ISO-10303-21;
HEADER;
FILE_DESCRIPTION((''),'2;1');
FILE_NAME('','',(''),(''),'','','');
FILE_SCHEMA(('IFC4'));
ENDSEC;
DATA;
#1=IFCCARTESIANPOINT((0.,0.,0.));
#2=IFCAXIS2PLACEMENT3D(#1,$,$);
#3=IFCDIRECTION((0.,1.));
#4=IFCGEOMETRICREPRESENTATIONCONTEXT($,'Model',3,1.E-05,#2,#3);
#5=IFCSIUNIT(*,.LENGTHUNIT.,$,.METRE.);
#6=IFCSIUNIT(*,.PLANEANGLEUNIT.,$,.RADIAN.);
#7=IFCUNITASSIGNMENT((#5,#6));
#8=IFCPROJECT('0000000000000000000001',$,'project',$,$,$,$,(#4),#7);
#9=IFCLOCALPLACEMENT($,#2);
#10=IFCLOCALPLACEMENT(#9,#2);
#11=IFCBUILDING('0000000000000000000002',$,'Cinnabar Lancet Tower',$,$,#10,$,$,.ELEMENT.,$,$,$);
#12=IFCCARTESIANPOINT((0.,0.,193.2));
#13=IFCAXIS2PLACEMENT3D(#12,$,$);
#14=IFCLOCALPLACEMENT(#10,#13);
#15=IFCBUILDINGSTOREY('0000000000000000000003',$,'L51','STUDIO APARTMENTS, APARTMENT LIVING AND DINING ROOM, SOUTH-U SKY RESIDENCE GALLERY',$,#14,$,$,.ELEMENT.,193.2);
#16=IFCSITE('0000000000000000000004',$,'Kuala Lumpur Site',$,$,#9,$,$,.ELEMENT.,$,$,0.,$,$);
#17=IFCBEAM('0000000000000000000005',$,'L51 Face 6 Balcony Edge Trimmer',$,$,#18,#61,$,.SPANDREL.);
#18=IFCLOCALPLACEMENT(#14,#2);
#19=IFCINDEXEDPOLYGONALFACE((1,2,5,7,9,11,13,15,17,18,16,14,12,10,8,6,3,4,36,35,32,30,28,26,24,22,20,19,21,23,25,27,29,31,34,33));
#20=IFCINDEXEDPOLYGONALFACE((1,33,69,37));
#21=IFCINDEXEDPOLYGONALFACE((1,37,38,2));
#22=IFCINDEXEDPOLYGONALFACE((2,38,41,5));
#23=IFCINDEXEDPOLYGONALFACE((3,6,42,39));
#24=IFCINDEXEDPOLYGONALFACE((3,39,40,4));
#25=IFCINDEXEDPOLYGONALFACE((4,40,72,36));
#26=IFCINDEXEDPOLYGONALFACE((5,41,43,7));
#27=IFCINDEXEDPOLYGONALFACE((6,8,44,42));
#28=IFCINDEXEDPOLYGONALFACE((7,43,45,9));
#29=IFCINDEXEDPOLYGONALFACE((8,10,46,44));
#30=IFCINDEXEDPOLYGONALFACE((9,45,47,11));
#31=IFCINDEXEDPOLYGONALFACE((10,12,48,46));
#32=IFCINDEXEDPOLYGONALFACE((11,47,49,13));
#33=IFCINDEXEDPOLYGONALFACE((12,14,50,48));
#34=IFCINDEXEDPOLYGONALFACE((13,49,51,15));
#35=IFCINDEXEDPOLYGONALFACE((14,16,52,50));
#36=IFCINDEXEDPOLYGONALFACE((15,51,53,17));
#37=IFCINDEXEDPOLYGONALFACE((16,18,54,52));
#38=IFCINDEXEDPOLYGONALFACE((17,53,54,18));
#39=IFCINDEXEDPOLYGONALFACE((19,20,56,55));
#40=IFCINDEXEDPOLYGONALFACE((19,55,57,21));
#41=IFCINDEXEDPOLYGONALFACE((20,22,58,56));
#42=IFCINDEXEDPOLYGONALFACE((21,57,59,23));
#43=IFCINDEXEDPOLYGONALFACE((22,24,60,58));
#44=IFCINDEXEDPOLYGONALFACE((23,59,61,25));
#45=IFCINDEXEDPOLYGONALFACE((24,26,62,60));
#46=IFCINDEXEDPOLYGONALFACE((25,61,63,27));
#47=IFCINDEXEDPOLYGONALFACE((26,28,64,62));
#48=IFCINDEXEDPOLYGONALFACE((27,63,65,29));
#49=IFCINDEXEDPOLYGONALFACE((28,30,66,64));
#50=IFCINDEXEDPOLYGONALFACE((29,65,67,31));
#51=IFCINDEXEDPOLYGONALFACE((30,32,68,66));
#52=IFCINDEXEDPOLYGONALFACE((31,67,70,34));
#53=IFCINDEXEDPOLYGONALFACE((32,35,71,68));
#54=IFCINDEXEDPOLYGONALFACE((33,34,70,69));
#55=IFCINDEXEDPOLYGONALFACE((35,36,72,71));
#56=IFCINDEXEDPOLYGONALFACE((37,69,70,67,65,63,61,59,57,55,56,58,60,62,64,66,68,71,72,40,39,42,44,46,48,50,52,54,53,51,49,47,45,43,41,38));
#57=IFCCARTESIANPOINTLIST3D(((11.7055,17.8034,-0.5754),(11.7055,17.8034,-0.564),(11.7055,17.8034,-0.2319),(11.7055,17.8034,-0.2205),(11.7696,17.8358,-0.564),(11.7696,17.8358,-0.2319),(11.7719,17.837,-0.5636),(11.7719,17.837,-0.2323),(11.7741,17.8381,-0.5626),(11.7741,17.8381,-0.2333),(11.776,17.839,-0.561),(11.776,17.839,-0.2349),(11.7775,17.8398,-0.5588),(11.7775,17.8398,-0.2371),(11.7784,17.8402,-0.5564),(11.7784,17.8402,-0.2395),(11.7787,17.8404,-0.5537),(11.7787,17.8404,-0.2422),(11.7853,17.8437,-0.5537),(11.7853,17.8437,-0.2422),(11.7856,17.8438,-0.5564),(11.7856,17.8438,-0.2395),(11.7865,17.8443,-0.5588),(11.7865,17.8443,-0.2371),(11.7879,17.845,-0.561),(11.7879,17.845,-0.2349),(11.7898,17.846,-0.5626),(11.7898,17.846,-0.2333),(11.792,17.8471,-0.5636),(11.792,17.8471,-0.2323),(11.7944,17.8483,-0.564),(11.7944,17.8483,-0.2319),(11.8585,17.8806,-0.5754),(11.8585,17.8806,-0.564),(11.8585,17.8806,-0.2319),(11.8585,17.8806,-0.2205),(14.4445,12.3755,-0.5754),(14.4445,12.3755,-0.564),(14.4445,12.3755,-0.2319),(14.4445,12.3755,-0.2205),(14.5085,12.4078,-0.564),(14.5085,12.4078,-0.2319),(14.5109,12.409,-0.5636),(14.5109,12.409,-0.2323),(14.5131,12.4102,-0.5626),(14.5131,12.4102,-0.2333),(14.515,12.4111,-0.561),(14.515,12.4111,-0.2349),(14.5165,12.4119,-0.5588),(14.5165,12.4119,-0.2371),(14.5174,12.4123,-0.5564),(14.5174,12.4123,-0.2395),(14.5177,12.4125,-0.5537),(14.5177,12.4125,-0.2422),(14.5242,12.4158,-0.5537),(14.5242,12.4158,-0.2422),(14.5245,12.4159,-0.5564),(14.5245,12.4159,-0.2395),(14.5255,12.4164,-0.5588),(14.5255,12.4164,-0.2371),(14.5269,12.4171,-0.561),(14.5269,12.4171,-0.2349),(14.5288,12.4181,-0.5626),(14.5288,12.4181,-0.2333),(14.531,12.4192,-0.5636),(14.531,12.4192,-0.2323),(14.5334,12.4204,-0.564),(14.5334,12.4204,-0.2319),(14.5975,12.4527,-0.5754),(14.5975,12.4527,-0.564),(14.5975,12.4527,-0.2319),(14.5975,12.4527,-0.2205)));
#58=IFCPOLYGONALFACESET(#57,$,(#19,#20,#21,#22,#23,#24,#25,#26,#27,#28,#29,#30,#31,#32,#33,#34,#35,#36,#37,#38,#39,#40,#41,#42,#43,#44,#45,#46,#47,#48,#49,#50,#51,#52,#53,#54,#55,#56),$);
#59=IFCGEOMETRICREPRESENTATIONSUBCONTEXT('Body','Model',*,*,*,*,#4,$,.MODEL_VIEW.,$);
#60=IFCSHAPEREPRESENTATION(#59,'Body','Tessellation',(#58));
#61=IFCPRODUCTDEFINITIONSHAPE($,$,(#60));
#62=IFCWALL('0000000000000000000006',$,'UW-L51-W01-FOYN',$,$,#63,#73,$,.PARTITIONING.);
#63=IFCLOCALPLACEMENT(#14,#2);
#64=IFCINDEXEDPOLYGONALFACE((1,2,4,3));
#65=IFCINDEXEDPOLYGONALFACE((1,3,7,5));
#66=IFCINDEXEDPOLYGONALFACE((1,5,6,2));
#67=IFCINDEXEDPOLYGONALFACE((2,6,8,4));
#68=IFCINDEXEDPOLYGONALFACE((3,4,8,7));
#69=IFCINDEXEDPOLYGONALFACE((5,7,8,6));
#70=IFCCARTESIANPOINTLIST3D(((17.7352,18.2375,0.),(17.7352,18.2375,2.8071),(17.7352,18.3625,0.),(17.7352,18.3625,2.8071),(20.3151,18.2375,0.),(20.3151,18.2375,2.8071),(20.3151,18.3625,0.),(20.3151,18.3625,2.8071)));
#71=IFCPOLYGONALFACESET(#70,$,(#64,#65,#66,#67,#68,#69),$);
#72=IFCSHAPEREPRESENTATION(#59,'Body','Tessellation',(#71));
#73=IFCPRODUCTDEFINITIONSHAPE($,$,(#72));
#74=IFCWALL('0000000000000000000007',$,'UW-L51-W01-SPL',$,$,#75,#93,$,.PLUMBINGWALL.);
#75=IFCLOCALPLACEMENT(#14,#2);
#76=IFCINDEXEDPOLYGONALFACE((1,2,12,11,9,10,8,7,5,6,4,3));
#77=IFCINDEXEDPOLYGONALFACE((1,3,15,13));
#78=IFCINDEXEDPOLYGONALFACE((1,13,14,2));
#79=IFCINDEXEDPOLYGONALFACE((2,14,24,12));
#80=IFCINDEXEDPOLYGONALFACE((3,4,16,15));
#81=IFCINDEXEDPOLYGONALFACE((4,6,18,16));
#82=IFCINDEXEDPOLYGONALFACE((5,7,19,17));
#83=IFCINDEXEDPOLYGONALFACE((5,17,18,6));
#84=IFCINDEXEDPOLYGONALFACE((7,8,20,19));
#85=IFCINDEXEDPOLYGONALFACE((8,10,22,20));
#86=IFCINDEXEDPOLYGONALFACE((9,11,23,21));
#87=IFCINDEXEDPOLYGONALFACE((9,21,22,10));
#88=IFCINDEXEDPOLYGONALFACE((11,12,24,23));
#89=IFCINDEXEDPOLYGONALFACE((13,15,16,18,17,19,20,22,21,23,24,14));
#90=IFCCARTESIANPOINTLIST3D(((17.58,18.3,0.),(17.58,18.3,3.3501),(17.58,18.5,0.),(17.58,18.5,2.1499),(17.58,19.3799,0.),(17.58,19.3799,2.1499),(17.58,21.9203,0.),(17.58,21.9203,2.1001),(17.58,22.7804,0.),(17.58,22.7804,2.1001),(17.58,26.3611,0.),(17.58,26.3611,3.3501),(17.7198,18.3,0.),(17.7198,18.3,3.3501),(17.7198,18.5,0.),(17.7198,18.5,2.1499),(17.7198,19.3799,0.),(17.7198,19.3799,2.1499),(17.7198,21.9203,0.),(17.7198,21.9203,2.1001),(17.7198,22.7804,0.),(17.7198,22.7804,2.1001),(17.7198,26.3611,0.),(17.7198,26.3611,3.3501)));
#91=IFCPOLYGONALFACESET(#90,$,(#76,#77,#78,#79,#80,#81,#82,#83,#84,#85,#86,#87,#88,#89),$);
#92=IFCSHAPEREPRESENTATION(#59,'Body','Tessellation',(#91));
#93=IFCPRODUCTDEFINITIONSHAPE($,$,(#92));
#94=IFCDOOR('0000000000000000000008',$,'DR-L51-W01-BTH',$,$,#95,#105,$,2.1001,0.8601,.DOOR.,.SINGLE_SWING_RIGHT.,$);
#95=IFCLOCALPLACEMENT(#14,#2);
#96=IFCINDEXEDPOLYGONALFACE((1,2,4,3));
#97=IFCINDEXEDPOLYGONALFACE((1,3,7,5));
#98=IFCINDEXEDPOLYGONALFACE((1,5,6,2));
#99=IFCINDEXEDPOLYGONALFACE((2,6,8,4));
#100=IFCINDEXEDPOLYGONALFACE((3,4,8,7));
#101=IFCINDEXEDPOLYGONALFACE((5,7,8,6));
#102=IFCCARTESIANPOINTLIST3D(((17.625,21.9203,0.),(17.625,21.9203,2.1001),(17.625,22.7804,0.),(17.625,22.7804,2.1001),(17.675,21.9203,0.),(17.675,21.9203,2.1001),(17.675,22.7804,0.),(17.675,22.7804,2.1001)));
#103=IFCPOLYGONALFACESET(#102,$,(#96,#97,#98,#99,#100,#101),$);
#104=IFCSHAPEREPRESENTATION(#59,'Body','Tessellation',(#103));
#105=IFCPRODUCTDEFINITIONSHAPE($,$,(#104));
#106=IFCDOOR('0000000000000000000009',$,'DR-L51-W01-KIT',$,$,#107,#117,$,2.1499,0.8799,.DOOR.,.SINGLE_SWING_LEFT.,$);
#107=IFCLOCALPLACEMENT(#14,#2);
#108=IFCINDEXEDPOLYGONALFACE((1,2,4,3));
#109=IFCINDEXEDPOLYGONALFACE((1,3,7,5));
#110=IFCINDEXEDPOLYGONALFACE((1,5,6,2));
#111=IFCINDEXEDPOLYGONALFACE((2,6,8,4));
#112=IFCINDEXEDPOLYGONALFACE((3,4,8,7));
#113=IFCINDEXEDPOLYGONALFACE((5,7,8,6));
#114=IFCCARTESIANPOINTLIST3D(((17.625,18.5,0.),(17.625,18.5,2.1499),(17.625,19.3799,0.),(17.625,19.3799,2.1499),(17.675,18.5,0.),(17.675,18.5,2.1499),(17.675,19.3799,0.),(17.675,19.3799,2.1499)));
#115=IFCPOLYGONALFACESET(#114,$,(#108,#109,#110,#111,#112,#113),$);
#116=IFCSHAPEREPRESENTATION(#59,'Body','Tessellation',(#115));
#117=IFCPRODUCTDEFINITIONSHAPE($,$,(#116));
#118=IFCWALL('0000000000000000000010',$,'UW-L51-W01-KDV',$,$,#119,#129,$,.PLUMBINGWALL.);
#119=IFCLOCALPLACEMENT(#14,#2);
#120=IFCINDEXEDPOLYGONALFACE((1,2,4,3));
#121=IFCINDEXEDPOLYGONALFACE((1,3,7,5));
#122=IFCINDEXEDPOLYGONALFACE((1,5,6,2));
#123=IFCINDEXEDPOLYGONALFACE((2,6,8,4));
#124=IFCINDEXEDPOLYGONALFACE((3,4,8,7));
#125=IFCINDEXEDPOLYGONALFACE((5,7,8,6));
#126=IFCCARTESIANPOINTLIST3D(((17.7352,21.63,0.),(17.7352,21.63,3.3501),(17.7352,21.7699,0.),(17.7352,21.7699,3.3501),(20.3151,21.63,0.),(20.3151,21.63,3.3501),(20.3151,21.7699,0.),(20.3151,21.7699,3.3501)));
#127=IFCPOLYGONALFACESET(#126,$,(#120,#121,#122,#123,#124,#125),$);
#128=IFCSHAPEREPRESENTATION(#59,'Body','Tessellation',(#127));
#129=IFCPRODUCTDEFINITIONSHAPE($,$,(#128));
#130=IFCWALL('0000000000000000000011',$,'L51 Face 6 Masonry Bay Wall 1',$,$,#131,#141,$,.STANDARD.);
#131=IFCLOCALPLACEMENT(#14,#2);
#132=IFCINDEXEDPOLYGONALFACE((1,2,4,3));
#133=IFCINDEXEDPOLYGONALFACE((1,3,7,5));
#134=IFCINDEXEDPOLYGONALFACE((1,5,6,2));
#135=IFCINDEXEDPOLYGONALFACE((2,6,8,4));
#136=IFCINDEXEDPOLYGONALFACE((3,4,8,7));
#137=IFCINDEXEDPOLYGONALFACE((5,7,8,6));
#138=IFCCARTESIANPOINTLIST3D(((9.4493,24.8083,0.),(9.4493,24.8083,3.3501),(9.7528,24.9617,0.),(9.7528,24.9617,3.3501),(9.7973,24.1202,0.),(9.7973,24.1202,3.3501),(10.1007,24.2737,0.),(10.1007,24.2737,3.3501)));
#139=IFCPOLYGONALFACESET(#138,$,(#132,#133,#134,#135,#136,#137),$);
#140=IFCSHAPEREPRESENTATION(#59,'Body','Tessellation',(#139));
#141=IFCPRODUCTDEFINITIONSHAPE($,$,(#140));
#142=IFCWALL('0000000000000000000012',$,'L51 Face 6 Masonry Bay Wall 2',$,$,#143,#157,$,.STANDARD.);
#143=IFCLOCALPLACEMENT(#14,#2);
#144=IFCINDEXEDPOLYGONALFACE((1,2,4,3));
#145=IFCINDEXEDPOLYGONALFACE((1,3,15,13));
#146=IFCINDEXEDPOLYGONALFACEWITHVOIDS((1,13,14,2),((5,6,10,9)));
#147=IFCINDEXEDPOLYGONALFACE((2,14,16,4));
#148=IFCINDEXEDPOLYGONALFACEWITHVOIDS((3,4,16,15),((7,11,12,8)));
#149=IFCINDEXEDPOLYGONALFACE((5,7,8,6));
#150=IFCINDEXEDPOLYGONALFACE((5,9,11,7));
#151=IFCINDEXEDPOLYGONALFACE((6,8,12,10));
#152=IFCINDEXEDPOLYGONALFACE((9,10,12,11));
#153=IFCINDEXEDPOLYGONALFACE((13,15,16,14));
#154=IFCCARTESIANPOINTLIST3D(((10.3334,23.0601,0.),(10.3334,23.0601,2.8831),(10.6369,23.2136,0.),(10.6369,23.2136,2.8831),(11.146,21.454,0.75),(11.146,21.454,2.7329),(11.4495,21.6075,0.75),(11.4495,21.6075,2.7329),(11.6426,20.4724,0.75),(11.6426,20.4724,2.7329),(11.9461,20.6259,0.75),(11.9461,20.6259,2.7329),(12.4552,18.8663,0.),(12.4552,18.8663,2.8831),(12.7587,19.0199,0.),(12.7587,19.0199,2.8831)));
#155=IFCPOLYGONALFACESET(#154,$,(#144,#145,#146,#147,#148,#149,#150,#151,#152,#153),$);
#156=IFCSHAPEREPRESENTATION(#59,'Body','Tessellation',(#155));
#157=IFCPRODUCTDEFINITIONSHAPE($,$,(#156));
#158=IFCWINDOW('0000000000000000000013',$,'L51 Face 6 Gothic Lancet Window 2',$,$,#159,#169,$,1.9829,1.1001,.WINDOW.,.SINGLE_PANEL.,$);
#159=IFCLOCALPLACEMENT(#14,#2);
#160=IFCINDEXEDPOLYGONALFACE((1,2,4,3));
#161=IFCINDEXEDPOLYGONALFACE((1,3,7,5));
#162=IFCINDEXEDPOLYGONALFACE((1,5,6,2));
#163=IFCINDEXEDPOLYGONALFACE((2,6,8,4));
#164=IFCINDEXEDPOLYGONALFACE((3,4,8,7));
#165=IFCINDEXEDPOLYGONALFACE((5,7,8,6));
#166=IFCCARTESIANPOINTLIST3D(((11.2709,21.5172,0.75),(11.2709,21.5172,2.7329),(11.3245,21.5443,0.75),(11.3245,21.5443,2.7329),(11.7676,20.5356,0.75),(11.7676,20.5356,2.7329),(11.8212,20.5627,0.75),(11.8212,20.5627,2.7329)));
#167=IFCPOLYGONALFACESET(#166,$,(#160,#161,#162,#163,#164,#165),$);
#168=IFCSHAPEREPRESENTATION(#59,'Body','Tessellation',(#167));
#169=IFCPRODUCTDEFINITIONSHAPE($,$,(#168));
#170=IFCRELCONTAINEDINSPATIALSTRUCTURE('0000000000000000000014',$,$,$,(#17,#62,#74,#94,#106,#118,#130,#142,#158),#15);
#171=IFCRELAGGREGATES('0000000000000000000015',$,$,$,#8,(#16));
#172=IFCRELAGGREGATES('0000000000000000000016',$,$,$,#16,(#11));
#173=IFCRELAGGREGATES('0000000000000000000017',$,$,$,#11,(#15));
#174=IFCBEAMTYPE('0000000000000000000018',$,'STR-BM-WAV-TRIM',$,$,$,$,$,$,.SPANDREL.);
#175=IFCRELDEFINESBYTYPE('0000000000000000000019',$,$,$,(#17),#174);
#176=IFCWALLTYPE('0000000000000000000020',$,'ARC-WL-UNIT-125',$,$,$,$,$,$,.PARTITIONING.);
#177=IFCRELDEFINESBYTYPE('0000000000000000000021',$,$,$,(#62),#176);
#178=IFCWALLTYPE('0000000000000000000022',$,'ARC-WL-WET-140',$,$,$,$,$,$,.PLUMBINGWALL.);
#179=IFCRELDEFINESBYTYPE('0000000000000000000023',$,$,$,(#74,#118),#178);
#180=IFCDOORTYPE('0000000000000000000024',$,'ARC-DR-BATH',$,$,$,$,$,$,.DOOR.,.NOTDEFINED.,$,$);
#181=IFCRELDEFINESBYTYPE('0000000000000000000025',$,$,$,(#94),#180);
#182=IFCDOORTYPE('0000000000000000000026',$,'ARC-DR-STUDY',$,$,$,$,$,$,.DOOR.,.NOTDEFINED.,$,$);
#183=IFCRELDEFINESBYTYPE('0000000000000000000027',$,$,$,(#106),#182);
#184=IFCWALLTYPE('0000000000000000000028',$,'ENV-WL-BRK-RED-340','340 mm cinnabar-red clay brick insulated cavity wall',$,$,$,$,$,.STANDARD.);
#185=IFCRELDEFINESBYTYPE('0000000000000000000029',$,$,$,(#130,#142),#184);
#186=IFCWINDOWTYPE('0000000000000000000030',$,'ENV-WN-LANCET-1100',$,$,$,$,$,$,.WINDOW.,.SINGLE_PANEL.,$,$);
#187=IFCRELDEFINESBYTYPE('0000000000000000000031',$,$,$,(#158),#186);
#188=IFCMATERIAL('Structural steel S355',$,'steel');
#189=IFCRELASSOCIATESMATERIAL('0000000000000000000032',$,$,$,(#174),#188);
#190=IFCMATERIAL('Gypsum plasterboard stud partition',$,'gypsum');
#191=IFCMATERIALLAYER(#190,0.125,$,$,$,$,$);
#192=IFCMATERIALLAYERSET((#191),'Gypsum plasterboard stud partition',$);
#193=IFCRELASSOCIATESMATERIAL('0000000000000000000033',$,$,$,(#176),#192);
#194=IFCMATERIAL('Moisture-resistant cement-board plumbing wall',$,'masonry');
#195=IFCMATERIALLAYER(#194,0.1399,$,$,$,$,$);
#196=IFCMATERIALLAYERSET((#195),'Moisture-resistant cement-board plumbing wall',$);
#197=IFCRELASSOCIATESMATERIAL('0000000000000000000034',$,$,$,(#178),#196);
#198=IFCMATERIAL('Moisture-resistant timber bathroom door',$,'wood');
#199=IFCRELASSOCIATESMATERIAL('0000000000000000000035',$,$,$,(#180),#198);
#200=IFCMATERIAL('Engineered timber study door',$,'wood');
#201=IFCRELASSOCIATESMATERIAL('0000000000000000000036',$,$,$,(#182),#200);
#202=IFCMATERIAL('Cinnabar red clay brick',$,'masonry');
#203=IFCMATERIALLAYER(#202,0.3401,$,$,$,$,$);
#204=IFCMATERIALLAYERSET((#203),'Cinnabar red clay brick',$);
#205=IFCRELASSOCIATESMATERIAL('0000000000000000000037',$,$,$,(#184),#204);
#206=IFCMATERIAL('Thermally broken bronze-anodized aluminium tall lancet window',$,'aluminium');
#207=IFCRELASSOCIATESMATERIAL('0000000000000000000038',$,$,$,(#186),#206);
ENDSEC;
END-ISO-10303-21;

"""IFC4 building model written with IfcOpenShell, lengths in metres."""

from ifc_helpers import new_model, si_unit, direction, frame, frame_2d, origin, origin_2d, place, context, subcontext, project, spatial, rectangle, i_section, extrude, material, layer, layer_set, material_profile, profile_set, type_object, element, fill, save


model = new_model("IFC4")

# Units and contexts
model_context = context("Model", 3, precision=1e-05, world=origin(), true_north=direction((0.0, 1.0)))
body_context = subcontext(model_context, "Body", "Model", "MODEL_VIEW")
ifc_project = project(units=[si_unit("LENGTHUNIT", "METRE"), si_unit("PLANEANGLEUNIT", "RADIAN")], contexts=[model_context])

# Site, building, storey
site_placement = place(None, origin())
site = spatial("IfcSite", under=ifc_project, at=site_placement, Name="Kuala Lumpur Site", CompositionType="ELEMENT", RefElevation=0.0)
building_placement = place(site_placement, origin())
building = spatial("IfcBuilding", under=site, at=building_placement, Name="Cinnabar Lancet Tower", CompositionType="ELEMENT")
storey_placement = place(building_placement, frame((0.0, 0.0, 193.2)))
storey = spatial("IfcBuildingStorey", under=building, at=storey_placement, Name="L51", Description="STUDIO APARTMENTS, APARTMENT LIVING AND DINING ROOM, SOUTH-U SKY RESIDENCE GALLERY", CompositionType="ELEMENT", Elevation=193.2)

# Beam
ifc_material_1 = material(Name="Structural steel S355", Category="steel")
ifc_material_profile_1 = material_profile(ifc_material_1, i_section(OverallWidth=0.1714, OverallDepth=0.355, WebThickness=0.0073, FlangeThickness=0.0115, FilletRadius=0.0103, at=origin_2d()), Name="UKB 356x171x51")
ifc_profile_set_1 = profile_set([ifc_material_profile_1], Name="Structural steel S355")
beam_type_1 = type_object("IfcBeamType", Name="STR-BM-WAV-TRIM", PredefinedType="SPANDREL", material=ifc_profile_set_1)
beam_1_placement = place(storey_placement, frame((11.782, 17.842, -0.3979), z_axis=(0.450503, -0.892775, 0.0), x_axis=(0.892775, 0.450503, 0.0)))
element("IfcBeam", 1, at=beam_1_placement, inside=storey, type_object=beam_type_1, Name="L51 Face 6 Balcony Edge Trimmer", PredefinedType="SPANDREL", context=body_context, shape_type="SweptSolid", body=[
    extrude(i_section(OverallWidth=0.1714, OverallDepth=0.355, WebThickness=0.0073, FlangeThickness=0.0115, FilletRadius=0.0103, at=origin_2d()), origin(), (0.0, 0.0, 1.0), 6.0798),
])

# Wall
ifc_material_2 = material(Name="Gypsum plasterboard stud partition", Category="gypsum")
ifc_layer_1 = layer(ifc_material_2, 0.125)
ifc_layer_set_1 = layer_set([ifc_layer_1], Name="Gypsum plasterboard stud partition")
wall_type_1 = type_object("IfcWallType", Name="ARC-WL-UNIT-125", PredefinedType="PARTITIONING", material=ifc_layer_set_1)
wall_1_placement = place(storey_placement, frame((17.7351, 18.3, 0.0), z_axis=(0.0, 0.0, 1.0), x_axis=(1.0, 0.0, 0.0)))
element("IfcWall", 2, at=wall_1_placement, inside=storey, type_object=wall_type_1, Name="UW-L51-W01-FOYN", PredefinedType="PARTITIONING", context=body_context, shape_type="SweptSolid", body=[
    extrude(rectangle(XDim=2.5798, YDim=0.125, at=frame_2d((1.29, 0.0))), origin(), (0.0, 0.0, 1.0), 2.8071),
])

# Wall, openings, doors
ifc_material_3 = material(Name="Moisture-resistant cement-board plumbing wall", Category="masonry")
ifc_layer_2 = layer(ifc_material_3, 0.1399)
ifc_layer_set_2 = layer_set([ifc_layer_2], Name="Moisture-resistant cement-board plumbing wall")
wall_type_2 = type_object("IfcWallType", Name="ARC-WL-WET-140", PredefinedType="PLUMBINGWALL", material=ifc_layer_set_2)
wall_2_placement = place(storey_placement, frame((17.6499, 18.3, 0.0), z_axis=(0.0, 0.0, 1.0), x_axis=(0.0, 1.0, 0.0)))
wall_2 = element("IfcWall", 3, at=wall_2_placement, inside=storey, type_object=wall_type_2, Name="UW-L51-W01-SPL", PredefinedType="PLUMBINGWALL", context=body_context, shape_type="SweptSolid", body=[
    extrude(rectangle(XDim=8.061, YDim=0.1399, at=frame_2d((4.0305, 0.0))), origin(), (0.0, 0.0, 1.0), 3.3501),
])
opening_1_placement = place(wall_2_placement, frame((3.6201, 0.0, 0.0)))
opening_1 = element("IfcOpeningElement", 4, at=opening_1_placement, cuts=wall_2, PredefinedType="OPENING", context=body_context, shape_type="SweptSolid", body=[
    extrude(rectangle(XDim=0.8601, YDim=2.1001, at=frame_2d((0.4302, 1.05))), frame((0.0, 0.0798, 0.0), z_axis=(0.0, -1.0, 0.0), x_axis=(1.0, 0.0, 0.0)), (0.0, 0.0, 1.0), 0.1599),
])
opening_2_placement = place(wall_2_placement, frame((0.2, 0.0, 0.0)))
opening_2 = element("IfcOpeningElement", 5, at=opening_2_placement, cuts=wall_2, PredefinedType="OPENING", context=body_context, shape_type="SweptSolid", body=[
    extrude(rectangle(XDim=0.8799, YDim=2.1499, at=frame_2d((0.4399, 1.075))), frame((0.0, 0.0798, 0.0), z_axis=(0.0, -1.0, 0.0), x_axis=(1.0, 0.0, 0.0)), (0.0, 0.0, 1.0), 0.1599),
])
ifc_material_4 = material(Name="Moisture-resistant timber bathroom door", Category="wood")
door_type_1 = type_object("IfcDoorType", Name="ARC-DR-BATH", OperationType="NOTDEFINED", PredefinedType="DOOR", material=ifc_material_4)
door_1_placement = place(opening_1_placement, origin())
door_1 = element("IfcDoor", 6, at=door_1_placement, inside=storey, type_object=door_type_1, Name="DR-L51-W01-BTH", OperationType="SINGLE_SWING_RIGHT", OverallHeight=2.1001, OverallWidth=0.8601, PredefinedType="DOOR", context=body_context, shape_type="SweptSolid", body=[
    extrude(rectangle(XDim=0.8601, YDim=2.1001, at=frame_2d((0.4302, 1.05))), frame((0.0, 0.0249, 0.0), z_axis=(0.0, -1.0, 0.0), x_axis=(1.0, 0.0, 0.0)), (0.0, 0.0, 1.0), 0.05),
])
fill(opening_1, door_1)
ifc_material_5 = material(Name="Engineered timber study door", Category="wood")
door_type_2 = type_object("IfcDoorType", Name="ARC-DR-STUDY", OperationType="NOTDEFINED", PredefinedType="DOOR", material=ifc_material_5)
door_2_placement = place(opening_2_placement, origin())
door_2 = element("IfcDoor", 7, at=door_2_placement, inside=storey, type_object=door_type_2, Name="DR-L51-W01-KIT", OperationType="SINGLE_SWING_LEFT", OverallHeight=2.1499, OverallWidth=0.8799, PredefinedType="DOOR", context=body_context, shape_type="SweptSolid", body=[
    extrude(rectangle(XDim=0.8799, YDim=2.1499, at=frame_2d((0.4399, 1.075))), frame((0.0, 0.0249, 0.0), z_axis=(0.0, -1.0, 0.0), x_axis=(1.0, 0.0, 0.0)), (0.0, 0.0, 1.0), 0.05),
])
fill(opening_2, door_2)

# Walls
wall_3_placement = place(storey_placement, frame((17.7351, 21.7, 0.0), z_axis=(0.0, 0.0, 1.0), x_axis=(1.0, 0.0, 0.0)))
element("IfcWall", 8, at=wall_3_placement, inside=storey, type_object=wall_type_2, Name="UW-L51-W01-KDV", PredefinedType="PLUMBINGWALL", context=body_context, shape_type="SweptSolid", body=[
    extrude(rectangle(XDim=2.5798, YDim=0.1399, at=frame_2d((1.29, 0.0))), origin(), (0.0, 0.0, 1.0), 3.3501),
])
ifc_material_6 = material(Name="Cinnabar red clay brick", Category="masonry")
ifc_layer_3 = layer(ifc_material_6, 0.3401)
ifc_layer_set_3 = layer_set([ifc_layer_3], Name="Cinnabar red clay brick")
wall_type_3 = type_object("IfcWallType", Name="ENV-WL-BRK-RED-340", Description="340 mm cinnabar-red clay brick insulated cavity wall", PredefinedType="STANDARD", material=ifc_layer_set_3)
wall_4_placement = place(storey_placement, frame((9.6011, 24.885, 0.0), z_axis=(0.0, 0.0, 1.0), x_axis=(0.451262, -0.892391, 0.0)))
element("IfcWall", 9, at=wall_4_placement, inside=storey, type_object=wall_type_3, Name="L51 Face 6 Masonry Bay Wall 1", PredefinedType="STANDARD", context=body_context, shape_type="SweptSolid", body=[
    extrude(rectangle(XDim=0.771, YDim=0.3401, at=frame_2d((0.3855, 0.0))), origin(), (0.0, 0.0, 1.0), 3.3501),
])

# Wall, opening, window
wall_5_placement = place(storey_placement, frame((10.4851, 23.137, 0.0), z_axis=(0.0, 0.0, 1.0), x_axis=(0.451447, -0.892298, 0.0)))
wall_5 = element("IfcWall", 10, at=wall_5_placement, inside=storey, type_object=wall_type_3, Name="L51 Face 6 Masonry Bay Wall 2", PredefinedType="STANDARD", context=body_context, shape_type="SweptSolid", body=[
    extrude(rectangle(XDim=4.7, YDim=0.3401, at=frame_2d((2.3501, 0.0))), origin(), (0.0, 0.0, 1.0), 2.8831),
])
opening_3_placement = place(wall_5_placement, frame((1.8, 0.0, 0.75)))
opening_3 = element("IfcOpeningElement", 11, at=opening_3_placement, cuts=wall_5, PredefinedType="OPENING", context=body_context, shape_type="SweptSolid", body=[
    extrude(rectangle(XDim=1.1001, YDim=1.9829, at=frame_2d((0.55, 0.9915))), frame((0.0, 0.1799, 0.0), z_axis=(0.0, -1.0, 0.0), x_axis=(1.0, 0.0, 0.0)), (0.0, 0.0, 1.0), 0.3601),
])
ifc_material_7 = material(Name="Thermally broken bronze-anodized aluminium tall lancet window", Category="aluminium")
window_type = type_object("IfcWindowType", Name="ENV-WN-LANCET-1100", PartitioningType="SINGLE_PANEL", PredefinedType="WINDOW", material=ifc_material_7)
window_1_placement = place(opening_3_placement, origin())
window_1 = element("IfcWindow", 12, at=window_1_placement, inside=storey, type_object=window_type, Name="L51 Face 6 Gothic Lancet Window 2", OverallHeight=1.9829, OverallWidth=1.1001, PartitioningType="SINGLE_PANEL", PredefinedType="WINDOW", context=body_context, shape_type="SweptSolid", body=[
    extrude(rectangle(XDim=1.1001, YDim=1.9829, at=frame_2d((0.55, 0.9915))), frame((0.0, 0.03, 0.0), z_axis=(0.0, -1.0, 0.0), x_axis=(1.0, 0.0, 0.0)), (0.0, 0.0, 1.0), 0.0601),
])
fill(opening_3, window_1)

save(model, "model.ifc")
